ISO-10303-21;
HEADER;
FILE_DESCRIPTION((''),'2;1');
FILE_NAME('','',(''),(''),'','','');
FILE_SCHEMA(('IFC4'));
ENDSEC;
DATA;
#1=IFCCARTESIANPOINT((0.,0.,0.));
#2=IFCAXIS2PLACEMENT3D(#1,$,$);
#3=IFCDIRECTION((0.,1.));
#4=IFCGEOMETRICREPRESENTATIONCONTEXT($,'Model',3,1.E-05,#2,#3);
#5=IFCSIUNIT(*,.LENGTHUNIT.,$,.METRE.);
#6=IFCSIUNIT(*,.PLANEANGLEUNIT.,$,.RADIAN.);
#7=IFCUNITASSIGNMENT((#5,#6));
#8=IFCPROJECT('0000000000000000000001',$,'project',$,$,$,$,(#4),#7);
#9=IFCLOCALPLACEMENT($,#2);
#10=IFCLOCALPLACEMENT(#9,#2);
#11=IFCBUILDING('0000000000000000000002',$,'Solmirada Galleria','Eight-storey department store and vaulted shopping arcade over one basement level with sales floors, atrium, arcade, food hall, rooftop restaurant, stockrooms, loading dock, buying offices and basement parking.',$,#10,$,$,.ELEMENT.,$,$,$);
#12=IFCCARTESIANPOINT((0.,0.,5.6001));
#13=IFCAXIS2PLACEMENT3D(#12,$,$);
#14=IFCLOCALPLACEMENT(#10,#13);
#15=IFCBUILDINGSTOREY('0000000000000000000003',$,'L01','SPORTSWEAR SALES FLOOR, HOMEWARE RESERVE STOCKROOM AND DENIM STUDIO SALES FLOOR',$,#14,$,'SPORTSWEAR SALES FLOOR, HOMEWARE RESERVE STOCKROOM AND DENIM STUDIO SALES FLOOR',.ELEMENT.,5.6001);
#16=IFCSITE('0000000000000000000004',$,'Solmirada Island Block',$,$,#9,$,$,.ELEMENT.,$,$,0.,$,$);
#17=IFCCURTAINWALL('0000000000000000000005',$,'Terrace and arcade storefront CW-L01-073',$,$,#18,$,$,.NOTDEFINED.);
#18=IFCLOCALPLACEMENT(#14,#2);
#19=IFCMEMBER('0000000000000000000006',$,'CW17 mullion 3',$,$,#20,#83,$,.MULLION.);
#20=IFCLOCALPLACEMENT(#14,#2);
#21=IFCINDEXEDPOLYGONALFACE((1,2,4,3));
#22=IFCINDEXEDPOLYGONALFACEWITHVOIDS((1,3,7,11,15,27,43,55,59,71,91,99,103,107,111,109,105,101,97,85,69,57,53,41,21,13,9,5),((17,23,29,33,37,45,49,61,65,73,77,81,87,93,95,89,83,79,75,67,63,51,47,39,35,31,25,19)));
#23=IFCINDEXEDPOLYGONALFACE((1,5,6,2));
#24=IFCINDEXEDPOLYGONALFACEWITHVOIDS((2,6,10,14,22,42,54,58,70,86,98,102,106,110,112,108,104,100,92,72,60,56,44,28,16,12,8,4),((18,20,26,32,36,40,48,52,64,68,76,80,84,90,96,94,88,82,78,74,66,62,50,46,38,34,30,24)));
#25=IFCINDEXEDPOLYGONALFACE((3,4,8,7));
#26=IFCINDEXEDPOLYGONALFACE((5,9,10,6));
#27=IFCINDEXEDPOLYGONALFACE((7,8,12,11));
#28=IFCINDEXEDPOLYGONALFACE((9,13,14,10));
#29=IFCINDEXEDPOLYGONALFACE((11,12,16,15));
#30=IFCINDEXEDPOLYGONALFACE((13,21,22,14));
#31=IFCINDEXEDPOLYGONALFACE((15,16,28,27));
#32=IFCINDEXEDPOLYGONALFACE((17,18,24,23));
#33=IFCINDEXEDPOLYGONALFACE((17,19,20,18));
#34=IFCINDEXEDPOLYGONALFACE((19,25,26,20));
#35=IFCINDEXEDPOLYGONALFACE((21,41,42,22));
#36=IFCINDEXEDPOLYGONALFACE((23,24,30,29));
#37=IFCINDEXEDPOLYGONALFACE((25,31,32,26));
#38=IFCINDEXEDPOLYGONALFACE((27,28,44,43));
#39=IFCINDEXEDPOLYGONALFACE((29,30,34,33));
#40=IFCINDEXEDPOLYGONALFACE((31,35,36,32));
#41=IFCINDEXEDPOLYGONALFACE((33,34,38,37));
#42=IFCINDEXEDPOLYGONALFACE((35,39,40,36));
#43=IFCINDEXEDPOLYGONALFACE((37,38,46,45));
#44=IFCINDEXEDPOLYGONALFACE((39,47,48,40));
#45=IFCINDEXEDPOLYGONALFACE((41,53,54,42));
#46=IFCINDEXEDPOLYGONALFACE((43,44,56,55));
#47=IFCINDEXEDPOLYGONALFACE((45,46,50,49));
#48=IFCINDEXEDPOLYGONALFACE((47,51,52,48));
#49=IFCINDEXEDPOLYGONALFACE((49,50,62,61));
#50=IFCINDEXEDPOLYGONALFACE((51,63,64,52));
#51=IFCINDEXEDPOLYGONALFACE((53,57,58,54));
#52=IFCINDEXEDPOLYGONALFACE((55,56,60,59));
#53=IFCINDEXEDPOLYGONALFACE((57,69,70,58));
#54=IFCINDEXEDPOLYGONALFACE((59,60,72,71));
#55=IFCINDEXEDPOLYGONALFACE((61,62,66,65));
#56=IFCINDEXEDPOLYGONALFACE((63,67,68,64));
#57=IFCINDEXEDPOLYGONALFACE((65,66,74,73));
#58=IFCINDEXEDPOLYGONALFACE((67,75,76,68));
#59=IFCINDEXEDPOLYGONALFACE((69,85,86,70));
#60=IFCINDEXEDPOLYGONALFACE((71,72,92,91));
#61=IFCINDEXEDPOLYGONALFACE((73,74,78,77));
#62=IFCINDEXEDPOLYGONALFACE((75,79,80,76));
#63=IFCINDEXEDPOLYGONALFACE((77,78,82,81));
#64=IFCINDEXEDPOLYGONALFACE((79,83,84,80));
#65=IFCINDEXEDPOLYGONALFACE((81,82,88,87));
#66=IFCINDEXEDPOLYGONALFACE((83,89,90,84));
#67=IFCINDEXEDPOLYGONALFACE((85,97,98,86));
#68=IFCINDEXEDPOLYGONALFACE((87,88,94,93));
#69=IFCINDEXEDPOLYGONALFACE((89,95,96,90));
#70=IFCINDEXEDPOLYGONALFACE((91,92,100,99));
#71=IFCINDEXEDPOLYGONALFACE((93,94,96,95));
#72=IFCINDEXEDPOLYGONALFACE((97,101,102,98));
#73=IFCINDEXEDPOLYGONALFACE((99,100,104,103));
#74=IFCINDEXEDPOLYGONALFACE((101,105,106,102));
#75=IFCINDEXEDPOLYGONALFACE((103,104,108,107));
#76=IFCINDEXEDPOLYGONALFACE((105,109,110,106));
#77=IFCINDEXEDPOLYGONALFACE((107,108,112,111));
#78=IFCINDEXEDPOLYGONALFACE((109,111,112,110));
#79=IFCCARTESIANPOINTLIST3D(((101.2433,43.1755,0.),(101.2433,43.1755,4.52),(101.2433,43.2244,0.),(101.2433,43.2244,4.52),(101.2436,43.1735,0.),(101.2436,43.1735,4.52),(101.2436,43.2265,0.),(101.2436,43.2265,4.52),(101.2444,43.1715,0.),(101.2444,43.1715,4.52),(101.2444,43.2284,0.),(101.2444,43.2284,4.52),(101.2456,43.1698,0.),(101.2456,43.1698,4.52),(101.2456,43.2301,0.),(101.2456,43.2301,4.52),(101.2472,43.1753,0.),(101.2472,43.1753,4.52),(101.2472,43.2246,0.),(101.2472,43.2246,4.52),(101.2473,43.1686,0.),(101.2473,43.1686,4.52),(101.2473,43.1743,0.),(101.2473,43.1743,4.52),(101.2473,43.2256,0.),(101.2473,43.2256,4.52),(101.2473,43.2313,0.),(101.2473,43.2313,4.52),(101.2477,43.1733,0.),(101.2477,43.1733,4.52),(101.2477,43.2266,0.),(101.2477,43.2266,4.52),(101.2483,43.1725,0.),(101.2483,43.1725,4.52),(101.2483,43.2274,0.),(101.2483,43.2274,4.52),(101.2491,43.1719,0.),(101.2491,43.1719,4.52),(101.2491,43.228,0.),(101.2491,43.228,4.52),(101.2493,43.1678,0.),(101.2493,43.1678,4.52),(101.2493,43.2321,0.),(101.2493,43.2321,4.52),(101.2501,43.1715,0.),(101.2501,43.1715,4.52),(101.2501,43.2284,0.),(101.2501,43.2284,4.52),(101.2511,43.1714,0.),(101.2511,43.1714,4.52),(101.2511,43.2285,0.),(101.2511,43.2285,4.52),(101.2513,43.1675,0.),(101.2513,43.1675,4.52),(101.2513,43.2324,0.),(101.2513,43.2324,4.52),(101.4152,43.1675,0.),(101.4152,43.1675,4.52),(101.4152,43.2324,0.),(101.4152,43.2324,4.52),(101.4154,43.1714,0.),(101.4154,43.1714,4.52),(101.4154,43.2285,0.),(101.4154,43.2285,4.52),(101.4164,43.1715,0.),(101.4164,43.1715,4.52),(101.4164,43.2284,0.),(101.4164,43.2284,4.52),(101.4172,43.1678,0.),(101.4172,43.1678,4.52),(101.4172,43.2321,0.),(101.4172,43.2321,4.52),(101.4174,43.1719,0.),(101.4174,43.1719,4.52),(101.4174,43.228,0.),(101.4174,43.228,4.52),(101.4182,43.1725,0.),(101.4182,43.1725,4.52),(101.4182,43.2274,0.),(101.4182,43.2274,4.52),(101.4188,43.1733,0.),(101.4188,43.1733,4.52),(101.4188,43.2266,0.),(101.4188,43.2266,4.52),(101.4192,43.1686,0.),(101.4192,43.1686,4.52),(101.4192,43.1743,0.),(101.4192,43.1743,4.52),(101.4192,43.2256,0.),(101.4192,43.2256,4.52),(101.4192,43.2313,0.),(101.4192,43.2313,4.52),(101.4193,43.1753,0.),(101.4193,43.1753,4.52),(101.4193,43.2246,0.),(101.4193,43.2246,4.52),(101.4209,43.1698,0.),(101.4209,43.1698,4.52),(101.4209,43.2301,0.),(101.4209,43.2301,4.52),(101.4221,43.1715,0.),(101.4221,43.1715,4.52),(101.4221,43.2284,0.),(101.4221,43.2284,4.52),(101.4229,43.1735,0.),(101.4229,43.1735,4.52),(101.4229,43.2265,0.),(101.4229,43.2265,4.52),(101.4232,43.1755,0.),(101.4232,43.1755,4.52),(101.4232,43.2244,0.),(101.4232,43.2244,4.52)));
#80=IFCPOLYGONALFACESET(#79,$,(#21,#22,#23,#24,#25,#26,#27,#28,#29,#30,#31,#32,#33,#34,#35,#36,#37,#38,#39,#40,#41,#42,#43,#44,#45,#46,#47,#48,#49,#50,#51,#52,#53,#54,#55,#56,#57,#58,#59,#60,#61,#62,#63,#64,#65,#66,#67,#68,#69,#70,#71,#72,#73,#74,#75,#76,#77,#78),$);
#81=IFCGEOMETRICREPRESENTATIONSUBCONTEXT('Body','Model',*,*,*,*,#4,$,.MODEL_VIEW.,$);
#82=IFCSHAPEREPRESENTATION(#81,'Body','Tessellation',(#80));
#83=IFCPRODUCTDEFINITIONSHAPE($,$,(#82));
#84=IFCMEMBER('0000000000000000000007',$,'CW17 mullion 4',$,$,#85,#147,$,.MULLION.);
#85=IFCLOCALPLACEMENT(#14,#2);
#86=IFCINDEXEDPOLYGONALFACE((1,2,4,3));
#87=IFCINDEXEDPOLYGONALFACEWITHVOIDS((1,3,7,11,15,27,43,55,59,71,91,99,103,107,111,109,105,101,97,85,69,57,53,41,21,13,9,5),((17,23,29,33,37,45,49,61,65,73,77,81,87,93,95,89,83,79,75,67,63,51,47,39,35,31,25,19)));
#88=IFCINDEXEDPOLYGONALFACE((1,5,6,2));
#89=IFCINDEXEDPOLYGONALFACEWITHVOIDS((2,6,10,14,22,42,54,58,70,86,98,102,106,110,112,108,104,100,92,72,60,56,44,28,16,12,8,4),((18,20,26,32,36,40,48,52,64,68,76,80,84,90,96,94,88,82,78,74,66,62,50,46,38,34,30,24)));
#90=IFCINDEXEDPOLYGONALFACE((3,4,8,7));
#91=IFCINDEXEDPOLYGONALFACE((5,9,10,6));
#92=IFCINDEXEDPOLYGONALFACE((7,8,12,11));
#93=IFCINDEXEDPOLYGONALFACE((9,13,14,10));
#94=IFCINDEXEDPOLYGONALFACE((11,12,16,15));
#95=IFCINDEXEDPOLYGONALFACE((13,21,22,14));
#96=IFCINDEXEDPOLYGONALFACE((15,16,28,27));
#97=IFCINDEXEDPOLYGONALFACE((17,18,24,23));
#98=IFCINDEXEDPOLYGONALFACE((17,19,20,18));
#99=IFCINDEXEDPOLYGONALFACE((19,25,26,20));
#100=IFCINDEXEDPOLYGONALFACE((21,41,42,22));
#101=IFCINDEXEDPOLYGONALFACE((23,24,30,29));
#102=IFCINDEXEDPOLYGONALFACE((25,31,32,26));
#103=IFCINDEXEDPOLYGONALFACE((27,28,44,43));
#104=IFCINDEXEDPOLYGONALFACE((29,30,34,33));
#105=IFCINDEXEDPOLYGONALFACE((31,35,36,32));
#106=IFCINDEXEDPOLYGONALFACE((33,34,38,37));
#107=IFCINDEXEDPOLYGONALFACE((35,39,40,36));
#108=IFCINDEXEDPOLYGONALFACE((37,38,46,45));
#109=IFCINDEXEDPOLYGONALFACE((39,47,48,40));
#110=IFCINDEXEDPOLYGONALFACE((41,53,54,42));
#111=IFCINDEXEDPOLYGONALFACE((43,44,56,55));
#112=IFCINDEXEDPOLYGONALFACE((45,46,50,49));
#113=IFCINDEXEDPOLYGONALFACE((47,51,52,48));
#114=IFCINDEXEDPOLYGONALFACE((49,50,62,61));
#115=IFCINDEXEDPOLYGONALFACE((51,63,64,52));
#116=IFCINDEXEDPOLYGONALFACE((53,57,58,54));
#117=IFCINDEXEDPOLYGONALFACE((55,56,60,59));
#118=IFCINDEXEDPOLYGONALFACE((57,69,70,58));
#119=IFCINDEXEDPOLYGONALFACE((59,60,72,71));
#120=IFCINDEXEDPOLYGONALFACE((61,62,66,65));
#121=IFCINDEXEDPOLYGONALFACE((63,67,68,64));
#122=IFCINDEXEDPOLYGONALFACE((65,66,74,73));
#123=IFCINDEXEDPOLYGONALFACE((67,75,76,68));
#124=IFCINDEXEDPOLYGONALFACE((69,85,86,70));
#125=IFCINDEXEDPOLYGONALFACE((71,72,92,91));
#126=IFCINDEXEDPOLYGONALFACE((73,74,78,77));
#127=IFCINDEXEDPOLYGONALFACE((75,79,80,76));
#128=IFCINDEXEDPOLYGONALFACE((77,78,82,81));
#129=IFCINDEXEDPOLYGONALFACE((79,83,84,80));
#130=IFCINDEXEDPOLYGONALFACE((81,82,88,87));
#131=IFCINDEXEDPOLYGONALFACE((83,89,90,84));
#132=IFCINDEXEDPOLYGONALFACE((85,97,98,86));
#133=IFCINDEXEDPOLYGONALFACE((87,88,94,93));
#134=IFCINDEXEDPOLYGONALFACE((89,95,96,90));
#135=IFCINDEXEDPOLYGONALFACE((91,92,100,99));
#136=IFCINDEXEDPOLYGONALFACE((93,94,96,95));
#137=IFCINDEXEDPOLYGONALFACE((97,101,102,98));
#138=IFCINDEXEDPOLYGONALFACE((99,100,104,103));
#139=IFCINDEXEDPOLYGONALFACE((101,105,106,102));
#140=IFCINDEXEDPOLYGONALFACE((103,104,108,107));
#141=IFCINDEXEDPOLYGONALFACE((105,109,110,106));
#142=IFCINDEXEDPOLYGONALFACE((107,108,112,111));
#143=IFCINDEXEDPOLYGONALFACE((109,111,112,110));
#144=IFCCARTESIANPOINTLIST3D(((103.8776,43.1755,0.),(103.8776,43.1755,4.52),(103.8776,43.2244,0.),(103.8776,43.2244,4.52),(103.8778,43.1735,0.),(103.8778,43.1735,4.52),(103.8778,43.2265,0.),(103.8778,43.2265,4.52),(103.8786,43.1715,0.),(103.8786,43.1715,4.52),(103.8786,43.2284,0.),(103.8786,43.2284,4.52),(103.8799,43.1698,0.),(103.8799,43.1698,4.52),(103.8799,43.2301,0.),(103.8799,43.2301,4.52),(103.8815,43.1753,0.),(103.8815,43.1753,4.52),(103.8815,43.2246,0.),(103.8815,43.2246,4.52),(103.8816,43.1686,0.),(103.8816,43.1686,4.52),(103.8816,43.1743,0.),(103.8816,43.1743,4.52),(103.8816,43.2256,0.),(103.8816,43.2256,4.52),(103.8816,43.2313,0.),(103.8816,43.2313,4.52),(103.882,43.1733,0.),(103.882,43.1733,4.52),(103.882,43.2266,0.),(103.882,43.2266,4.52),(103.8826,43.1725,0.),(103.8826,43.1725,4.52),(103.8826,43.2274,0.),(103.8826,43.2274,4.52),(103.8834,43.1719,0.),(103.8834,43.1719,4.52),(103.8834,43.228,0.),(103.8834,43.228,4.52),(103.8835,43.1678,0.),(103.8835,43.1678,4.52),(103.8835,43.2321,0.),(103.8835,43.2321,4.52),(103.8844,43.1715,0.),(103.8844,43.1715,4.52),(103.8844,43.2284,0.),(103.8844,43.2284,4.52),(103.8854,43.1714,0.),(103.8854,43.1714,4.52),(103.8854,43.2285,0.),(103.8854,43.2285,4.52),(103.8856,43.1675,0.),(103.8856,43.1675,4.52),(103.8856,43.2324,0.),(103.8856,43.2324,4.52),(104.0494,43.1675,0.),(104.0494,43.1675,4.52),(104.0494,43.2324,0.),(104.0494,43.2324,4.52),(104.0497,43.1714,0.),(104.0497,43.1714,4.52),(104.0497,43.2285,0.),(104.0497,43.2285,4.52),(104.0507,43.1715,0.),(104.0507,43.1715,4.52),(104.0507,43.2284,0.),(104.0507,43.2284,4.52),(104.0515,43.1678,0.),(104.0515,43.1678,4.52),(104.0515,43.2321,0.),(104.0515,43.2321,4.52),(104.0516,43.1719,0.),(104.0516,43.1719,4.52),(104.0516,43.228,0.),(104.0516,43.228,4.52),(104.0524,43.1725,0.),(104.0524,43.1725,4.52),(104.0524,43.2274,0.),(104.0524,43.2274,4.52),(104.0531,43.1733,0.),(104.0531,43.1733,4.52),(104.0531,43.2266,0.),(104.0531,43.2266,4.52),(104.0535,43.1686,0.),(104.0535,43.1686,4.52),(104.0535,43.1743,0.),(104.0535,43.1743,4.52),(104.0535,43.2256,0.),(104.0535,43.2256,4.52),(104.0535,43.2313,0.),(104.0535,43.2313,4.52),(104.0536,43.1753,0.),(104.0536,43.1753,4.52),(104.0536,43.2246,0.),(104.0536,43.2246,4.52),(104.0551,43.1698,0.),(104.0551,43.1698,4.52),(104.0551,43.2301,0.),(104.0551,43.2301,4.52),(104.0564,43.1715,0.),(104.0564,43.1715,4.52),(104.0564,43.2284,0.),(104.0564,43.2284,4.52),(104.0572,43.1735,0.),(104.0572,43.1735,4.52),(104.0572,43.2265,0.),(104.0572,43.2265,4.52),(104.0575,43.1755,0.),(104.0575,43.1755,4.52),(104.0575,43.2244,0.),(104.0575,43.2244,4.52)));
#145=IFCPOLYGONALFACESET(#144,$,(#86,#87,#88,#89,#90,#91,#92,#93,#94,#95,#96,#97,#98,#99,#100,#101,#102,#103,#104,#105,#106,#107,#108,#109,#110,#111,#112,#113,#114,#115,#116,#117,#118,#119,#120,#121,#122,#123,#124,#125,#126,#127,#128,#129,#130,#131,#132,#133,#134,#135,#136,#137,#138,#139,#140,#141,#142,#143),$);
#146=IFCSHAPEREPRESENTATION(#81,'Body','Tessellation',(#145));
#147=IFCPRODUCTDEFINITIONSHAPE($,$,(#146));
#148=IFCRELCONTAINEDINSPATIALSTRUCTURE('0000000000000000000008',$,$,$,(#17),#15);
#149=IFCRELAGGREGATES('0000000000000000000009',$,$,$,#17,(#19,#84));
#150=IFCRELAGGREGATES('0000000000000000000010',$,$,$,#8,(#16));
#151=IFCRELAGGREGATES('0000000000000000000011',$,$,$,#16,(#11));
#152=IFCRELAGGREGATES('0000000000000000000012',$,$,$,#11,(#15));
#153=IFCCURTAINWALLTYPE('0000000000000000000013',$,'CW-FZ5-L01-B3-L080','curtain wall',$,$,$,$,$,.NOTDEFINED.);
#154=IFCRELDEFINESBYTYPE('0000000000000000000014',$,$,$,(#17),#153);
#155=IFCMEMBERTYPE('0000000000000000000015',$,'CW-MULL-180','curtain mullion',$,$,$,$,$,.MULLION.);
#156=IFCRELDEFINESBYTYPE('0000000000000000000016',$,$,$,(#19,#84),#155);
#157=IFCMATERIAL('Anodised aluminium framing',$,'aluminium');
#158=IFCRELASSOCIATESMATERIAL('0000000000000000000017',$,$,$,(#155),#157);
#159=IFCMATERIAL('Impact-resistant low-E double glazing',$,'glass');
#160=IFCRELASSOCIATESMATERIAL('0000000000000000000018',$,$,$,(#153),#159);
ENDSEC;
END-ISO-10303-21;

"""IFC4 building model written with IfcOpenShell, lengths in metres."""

from ifc_helpers import new_model, si_unit, direction, frame, origin, origin_2d, place, context, subcontext, project, spatial, hollow_rectangle, extrude, material, material_profile, profile_set, type_object, element, aggregate, save


model = new_model("IFC4")

# Units and contexts
model_context = context("Model", 3, precision=1e-05, world=origin(), true_north=direction((0.0, 1.0)))
body_context = subcontext(model_context, "Body", "Model", "MODEL_VIEW")
ifc_project = project(units=[si_unit("LENGTHUNIT", "METRE"), si_unit("PLANEANGLEUNIT", "RADIAN")], contexts=[model_context])

# Site, building, storey
site_placement = place(None, origin())
site = spatial("IfcSite", under=ifc_project, at=site_placement, Name="Solmirada Island Block", CompositionType="ELEMENT", RefElevation=0.0)
building_placement = place(site_placement, origin())
building = spatial("IfcBuilding", under=site, at=building_placement, Name="Solmirada Galleria", Description="Eight-storey department store and vaulted shopping arcade over one basement level with sales floors, atrium, arcade, food hall, rooftop restaurant, stockrooms, loading dock, buying offices and basement parking.", CompositionType="ELEMENT")
storey_placement = place(building_placement, frame((0.0, 0.0, 5.6001)))
storey = spatial("IfcBuildingStorey", under=building, at=storey_placement, Name="L01", Description="SPORTSWEAR SALES FLOOR, HOMEWARE RESERVE STOCKROOM AND DENIM STUDIO SALES FLOOR", LongName="SPORTSWEAR SALES FLOOR, HOMEWARE RESERVE STOCKROOM AND DENIM STUDIO SALES FLOOR", CompositionType="ELEMENT", Elevation=5.6001)

# Curtain wall, members
ifc_material_1 = material(Name="Impact-resistant low-E double glazing", Category="glass")
ifc_material_2 = material(Name="Anodised aluminium framing", Category="aluminium")
ifc_material_profile_1 = material_profile(ifc_material_2, hollow_rectangle(XDim=0.0649, YDim=0.1799, WallThickness=0.0039, InnerFilletRadius=0.0039, OuterFilletRadius=0.0081, at=origin_2d()), Name="ALU-MULL-180X65")
ifc_profile_set_1 = profile_set([ifc_material_profile_1], Name="Anodised aluminium framing")
member_type_1 = type_object("IfcMemberType", Name="CW-MULL-180", Description="curtain mullion", PredefinedType="MULLION", material=ifc_profile_set_1)
curtain_wall_type_1 = type_object("IfcCurtainWallType", Name="CW-FZ5-L01-B3-L080", Description="curtain wall", PredefinedType="NOTDEFINED", material=ifc_material_1)
curtain_wall_1_placement = place(storey_placement, origin())
curtain_wall_1 = element("IfcCurtainWall", 1, at=curtain_wall_1_placement, inside=storey, type_object=curtain_wall_type_1, Name="Terrace and arcade storefront CW-L01-073", PredefinedType="NOTDEFINED")
member_1_placement = place(storey_placement, frame((101.3333, 43.2, 0.0), z_axis=(0.0, 0.0, 1.0), x_axis=(0.0, 1.0, 0.0)))
member_1 = element("IfcMember", 2, at=member_1_placement, type_object=member_type_1, Name="CW17 mullion 3", PredefinedType="MULLION", context=body_context, shape_type="SweptSolid", body=[
    extrude(hollow_rectangle(XDim=0.0649, YDim=0.1799, WallThickness=0.0039, InnerFilletRadius=0.0039, OuterFilletRadius=0.0081, at=origin_2d()), origin(), (0.0, 0.0, 1.0), 4.52),
])
member_2_placement = place(storey_placement, frame((103.9675, 43.2, 0.0), z_axis=(0.0, 0.0, 1.0), x_axis=(0.0, 1.0, 0.0)))
member_2 = element("IfcMember", 3, at=member_2_placement, type_object=member_type_1, Name="CW17 mullion 4", PredefinedType="MULLION", context=body_context, shape_type="SweptSolid", body=[
    extrude(hollow_rectangle(XDim=0.0649, YDim=0.1799, WallThickness=0.0039, InnerFilletRadius=0.0039, OuterFilletRadius=0.0081, at=origin_2d()), origin(), (0.0, 0.0, 1.0), 4.52),
])

aggregate(curtain_wall_1, [member_1, member_2])

save(model, "model.ifc")
